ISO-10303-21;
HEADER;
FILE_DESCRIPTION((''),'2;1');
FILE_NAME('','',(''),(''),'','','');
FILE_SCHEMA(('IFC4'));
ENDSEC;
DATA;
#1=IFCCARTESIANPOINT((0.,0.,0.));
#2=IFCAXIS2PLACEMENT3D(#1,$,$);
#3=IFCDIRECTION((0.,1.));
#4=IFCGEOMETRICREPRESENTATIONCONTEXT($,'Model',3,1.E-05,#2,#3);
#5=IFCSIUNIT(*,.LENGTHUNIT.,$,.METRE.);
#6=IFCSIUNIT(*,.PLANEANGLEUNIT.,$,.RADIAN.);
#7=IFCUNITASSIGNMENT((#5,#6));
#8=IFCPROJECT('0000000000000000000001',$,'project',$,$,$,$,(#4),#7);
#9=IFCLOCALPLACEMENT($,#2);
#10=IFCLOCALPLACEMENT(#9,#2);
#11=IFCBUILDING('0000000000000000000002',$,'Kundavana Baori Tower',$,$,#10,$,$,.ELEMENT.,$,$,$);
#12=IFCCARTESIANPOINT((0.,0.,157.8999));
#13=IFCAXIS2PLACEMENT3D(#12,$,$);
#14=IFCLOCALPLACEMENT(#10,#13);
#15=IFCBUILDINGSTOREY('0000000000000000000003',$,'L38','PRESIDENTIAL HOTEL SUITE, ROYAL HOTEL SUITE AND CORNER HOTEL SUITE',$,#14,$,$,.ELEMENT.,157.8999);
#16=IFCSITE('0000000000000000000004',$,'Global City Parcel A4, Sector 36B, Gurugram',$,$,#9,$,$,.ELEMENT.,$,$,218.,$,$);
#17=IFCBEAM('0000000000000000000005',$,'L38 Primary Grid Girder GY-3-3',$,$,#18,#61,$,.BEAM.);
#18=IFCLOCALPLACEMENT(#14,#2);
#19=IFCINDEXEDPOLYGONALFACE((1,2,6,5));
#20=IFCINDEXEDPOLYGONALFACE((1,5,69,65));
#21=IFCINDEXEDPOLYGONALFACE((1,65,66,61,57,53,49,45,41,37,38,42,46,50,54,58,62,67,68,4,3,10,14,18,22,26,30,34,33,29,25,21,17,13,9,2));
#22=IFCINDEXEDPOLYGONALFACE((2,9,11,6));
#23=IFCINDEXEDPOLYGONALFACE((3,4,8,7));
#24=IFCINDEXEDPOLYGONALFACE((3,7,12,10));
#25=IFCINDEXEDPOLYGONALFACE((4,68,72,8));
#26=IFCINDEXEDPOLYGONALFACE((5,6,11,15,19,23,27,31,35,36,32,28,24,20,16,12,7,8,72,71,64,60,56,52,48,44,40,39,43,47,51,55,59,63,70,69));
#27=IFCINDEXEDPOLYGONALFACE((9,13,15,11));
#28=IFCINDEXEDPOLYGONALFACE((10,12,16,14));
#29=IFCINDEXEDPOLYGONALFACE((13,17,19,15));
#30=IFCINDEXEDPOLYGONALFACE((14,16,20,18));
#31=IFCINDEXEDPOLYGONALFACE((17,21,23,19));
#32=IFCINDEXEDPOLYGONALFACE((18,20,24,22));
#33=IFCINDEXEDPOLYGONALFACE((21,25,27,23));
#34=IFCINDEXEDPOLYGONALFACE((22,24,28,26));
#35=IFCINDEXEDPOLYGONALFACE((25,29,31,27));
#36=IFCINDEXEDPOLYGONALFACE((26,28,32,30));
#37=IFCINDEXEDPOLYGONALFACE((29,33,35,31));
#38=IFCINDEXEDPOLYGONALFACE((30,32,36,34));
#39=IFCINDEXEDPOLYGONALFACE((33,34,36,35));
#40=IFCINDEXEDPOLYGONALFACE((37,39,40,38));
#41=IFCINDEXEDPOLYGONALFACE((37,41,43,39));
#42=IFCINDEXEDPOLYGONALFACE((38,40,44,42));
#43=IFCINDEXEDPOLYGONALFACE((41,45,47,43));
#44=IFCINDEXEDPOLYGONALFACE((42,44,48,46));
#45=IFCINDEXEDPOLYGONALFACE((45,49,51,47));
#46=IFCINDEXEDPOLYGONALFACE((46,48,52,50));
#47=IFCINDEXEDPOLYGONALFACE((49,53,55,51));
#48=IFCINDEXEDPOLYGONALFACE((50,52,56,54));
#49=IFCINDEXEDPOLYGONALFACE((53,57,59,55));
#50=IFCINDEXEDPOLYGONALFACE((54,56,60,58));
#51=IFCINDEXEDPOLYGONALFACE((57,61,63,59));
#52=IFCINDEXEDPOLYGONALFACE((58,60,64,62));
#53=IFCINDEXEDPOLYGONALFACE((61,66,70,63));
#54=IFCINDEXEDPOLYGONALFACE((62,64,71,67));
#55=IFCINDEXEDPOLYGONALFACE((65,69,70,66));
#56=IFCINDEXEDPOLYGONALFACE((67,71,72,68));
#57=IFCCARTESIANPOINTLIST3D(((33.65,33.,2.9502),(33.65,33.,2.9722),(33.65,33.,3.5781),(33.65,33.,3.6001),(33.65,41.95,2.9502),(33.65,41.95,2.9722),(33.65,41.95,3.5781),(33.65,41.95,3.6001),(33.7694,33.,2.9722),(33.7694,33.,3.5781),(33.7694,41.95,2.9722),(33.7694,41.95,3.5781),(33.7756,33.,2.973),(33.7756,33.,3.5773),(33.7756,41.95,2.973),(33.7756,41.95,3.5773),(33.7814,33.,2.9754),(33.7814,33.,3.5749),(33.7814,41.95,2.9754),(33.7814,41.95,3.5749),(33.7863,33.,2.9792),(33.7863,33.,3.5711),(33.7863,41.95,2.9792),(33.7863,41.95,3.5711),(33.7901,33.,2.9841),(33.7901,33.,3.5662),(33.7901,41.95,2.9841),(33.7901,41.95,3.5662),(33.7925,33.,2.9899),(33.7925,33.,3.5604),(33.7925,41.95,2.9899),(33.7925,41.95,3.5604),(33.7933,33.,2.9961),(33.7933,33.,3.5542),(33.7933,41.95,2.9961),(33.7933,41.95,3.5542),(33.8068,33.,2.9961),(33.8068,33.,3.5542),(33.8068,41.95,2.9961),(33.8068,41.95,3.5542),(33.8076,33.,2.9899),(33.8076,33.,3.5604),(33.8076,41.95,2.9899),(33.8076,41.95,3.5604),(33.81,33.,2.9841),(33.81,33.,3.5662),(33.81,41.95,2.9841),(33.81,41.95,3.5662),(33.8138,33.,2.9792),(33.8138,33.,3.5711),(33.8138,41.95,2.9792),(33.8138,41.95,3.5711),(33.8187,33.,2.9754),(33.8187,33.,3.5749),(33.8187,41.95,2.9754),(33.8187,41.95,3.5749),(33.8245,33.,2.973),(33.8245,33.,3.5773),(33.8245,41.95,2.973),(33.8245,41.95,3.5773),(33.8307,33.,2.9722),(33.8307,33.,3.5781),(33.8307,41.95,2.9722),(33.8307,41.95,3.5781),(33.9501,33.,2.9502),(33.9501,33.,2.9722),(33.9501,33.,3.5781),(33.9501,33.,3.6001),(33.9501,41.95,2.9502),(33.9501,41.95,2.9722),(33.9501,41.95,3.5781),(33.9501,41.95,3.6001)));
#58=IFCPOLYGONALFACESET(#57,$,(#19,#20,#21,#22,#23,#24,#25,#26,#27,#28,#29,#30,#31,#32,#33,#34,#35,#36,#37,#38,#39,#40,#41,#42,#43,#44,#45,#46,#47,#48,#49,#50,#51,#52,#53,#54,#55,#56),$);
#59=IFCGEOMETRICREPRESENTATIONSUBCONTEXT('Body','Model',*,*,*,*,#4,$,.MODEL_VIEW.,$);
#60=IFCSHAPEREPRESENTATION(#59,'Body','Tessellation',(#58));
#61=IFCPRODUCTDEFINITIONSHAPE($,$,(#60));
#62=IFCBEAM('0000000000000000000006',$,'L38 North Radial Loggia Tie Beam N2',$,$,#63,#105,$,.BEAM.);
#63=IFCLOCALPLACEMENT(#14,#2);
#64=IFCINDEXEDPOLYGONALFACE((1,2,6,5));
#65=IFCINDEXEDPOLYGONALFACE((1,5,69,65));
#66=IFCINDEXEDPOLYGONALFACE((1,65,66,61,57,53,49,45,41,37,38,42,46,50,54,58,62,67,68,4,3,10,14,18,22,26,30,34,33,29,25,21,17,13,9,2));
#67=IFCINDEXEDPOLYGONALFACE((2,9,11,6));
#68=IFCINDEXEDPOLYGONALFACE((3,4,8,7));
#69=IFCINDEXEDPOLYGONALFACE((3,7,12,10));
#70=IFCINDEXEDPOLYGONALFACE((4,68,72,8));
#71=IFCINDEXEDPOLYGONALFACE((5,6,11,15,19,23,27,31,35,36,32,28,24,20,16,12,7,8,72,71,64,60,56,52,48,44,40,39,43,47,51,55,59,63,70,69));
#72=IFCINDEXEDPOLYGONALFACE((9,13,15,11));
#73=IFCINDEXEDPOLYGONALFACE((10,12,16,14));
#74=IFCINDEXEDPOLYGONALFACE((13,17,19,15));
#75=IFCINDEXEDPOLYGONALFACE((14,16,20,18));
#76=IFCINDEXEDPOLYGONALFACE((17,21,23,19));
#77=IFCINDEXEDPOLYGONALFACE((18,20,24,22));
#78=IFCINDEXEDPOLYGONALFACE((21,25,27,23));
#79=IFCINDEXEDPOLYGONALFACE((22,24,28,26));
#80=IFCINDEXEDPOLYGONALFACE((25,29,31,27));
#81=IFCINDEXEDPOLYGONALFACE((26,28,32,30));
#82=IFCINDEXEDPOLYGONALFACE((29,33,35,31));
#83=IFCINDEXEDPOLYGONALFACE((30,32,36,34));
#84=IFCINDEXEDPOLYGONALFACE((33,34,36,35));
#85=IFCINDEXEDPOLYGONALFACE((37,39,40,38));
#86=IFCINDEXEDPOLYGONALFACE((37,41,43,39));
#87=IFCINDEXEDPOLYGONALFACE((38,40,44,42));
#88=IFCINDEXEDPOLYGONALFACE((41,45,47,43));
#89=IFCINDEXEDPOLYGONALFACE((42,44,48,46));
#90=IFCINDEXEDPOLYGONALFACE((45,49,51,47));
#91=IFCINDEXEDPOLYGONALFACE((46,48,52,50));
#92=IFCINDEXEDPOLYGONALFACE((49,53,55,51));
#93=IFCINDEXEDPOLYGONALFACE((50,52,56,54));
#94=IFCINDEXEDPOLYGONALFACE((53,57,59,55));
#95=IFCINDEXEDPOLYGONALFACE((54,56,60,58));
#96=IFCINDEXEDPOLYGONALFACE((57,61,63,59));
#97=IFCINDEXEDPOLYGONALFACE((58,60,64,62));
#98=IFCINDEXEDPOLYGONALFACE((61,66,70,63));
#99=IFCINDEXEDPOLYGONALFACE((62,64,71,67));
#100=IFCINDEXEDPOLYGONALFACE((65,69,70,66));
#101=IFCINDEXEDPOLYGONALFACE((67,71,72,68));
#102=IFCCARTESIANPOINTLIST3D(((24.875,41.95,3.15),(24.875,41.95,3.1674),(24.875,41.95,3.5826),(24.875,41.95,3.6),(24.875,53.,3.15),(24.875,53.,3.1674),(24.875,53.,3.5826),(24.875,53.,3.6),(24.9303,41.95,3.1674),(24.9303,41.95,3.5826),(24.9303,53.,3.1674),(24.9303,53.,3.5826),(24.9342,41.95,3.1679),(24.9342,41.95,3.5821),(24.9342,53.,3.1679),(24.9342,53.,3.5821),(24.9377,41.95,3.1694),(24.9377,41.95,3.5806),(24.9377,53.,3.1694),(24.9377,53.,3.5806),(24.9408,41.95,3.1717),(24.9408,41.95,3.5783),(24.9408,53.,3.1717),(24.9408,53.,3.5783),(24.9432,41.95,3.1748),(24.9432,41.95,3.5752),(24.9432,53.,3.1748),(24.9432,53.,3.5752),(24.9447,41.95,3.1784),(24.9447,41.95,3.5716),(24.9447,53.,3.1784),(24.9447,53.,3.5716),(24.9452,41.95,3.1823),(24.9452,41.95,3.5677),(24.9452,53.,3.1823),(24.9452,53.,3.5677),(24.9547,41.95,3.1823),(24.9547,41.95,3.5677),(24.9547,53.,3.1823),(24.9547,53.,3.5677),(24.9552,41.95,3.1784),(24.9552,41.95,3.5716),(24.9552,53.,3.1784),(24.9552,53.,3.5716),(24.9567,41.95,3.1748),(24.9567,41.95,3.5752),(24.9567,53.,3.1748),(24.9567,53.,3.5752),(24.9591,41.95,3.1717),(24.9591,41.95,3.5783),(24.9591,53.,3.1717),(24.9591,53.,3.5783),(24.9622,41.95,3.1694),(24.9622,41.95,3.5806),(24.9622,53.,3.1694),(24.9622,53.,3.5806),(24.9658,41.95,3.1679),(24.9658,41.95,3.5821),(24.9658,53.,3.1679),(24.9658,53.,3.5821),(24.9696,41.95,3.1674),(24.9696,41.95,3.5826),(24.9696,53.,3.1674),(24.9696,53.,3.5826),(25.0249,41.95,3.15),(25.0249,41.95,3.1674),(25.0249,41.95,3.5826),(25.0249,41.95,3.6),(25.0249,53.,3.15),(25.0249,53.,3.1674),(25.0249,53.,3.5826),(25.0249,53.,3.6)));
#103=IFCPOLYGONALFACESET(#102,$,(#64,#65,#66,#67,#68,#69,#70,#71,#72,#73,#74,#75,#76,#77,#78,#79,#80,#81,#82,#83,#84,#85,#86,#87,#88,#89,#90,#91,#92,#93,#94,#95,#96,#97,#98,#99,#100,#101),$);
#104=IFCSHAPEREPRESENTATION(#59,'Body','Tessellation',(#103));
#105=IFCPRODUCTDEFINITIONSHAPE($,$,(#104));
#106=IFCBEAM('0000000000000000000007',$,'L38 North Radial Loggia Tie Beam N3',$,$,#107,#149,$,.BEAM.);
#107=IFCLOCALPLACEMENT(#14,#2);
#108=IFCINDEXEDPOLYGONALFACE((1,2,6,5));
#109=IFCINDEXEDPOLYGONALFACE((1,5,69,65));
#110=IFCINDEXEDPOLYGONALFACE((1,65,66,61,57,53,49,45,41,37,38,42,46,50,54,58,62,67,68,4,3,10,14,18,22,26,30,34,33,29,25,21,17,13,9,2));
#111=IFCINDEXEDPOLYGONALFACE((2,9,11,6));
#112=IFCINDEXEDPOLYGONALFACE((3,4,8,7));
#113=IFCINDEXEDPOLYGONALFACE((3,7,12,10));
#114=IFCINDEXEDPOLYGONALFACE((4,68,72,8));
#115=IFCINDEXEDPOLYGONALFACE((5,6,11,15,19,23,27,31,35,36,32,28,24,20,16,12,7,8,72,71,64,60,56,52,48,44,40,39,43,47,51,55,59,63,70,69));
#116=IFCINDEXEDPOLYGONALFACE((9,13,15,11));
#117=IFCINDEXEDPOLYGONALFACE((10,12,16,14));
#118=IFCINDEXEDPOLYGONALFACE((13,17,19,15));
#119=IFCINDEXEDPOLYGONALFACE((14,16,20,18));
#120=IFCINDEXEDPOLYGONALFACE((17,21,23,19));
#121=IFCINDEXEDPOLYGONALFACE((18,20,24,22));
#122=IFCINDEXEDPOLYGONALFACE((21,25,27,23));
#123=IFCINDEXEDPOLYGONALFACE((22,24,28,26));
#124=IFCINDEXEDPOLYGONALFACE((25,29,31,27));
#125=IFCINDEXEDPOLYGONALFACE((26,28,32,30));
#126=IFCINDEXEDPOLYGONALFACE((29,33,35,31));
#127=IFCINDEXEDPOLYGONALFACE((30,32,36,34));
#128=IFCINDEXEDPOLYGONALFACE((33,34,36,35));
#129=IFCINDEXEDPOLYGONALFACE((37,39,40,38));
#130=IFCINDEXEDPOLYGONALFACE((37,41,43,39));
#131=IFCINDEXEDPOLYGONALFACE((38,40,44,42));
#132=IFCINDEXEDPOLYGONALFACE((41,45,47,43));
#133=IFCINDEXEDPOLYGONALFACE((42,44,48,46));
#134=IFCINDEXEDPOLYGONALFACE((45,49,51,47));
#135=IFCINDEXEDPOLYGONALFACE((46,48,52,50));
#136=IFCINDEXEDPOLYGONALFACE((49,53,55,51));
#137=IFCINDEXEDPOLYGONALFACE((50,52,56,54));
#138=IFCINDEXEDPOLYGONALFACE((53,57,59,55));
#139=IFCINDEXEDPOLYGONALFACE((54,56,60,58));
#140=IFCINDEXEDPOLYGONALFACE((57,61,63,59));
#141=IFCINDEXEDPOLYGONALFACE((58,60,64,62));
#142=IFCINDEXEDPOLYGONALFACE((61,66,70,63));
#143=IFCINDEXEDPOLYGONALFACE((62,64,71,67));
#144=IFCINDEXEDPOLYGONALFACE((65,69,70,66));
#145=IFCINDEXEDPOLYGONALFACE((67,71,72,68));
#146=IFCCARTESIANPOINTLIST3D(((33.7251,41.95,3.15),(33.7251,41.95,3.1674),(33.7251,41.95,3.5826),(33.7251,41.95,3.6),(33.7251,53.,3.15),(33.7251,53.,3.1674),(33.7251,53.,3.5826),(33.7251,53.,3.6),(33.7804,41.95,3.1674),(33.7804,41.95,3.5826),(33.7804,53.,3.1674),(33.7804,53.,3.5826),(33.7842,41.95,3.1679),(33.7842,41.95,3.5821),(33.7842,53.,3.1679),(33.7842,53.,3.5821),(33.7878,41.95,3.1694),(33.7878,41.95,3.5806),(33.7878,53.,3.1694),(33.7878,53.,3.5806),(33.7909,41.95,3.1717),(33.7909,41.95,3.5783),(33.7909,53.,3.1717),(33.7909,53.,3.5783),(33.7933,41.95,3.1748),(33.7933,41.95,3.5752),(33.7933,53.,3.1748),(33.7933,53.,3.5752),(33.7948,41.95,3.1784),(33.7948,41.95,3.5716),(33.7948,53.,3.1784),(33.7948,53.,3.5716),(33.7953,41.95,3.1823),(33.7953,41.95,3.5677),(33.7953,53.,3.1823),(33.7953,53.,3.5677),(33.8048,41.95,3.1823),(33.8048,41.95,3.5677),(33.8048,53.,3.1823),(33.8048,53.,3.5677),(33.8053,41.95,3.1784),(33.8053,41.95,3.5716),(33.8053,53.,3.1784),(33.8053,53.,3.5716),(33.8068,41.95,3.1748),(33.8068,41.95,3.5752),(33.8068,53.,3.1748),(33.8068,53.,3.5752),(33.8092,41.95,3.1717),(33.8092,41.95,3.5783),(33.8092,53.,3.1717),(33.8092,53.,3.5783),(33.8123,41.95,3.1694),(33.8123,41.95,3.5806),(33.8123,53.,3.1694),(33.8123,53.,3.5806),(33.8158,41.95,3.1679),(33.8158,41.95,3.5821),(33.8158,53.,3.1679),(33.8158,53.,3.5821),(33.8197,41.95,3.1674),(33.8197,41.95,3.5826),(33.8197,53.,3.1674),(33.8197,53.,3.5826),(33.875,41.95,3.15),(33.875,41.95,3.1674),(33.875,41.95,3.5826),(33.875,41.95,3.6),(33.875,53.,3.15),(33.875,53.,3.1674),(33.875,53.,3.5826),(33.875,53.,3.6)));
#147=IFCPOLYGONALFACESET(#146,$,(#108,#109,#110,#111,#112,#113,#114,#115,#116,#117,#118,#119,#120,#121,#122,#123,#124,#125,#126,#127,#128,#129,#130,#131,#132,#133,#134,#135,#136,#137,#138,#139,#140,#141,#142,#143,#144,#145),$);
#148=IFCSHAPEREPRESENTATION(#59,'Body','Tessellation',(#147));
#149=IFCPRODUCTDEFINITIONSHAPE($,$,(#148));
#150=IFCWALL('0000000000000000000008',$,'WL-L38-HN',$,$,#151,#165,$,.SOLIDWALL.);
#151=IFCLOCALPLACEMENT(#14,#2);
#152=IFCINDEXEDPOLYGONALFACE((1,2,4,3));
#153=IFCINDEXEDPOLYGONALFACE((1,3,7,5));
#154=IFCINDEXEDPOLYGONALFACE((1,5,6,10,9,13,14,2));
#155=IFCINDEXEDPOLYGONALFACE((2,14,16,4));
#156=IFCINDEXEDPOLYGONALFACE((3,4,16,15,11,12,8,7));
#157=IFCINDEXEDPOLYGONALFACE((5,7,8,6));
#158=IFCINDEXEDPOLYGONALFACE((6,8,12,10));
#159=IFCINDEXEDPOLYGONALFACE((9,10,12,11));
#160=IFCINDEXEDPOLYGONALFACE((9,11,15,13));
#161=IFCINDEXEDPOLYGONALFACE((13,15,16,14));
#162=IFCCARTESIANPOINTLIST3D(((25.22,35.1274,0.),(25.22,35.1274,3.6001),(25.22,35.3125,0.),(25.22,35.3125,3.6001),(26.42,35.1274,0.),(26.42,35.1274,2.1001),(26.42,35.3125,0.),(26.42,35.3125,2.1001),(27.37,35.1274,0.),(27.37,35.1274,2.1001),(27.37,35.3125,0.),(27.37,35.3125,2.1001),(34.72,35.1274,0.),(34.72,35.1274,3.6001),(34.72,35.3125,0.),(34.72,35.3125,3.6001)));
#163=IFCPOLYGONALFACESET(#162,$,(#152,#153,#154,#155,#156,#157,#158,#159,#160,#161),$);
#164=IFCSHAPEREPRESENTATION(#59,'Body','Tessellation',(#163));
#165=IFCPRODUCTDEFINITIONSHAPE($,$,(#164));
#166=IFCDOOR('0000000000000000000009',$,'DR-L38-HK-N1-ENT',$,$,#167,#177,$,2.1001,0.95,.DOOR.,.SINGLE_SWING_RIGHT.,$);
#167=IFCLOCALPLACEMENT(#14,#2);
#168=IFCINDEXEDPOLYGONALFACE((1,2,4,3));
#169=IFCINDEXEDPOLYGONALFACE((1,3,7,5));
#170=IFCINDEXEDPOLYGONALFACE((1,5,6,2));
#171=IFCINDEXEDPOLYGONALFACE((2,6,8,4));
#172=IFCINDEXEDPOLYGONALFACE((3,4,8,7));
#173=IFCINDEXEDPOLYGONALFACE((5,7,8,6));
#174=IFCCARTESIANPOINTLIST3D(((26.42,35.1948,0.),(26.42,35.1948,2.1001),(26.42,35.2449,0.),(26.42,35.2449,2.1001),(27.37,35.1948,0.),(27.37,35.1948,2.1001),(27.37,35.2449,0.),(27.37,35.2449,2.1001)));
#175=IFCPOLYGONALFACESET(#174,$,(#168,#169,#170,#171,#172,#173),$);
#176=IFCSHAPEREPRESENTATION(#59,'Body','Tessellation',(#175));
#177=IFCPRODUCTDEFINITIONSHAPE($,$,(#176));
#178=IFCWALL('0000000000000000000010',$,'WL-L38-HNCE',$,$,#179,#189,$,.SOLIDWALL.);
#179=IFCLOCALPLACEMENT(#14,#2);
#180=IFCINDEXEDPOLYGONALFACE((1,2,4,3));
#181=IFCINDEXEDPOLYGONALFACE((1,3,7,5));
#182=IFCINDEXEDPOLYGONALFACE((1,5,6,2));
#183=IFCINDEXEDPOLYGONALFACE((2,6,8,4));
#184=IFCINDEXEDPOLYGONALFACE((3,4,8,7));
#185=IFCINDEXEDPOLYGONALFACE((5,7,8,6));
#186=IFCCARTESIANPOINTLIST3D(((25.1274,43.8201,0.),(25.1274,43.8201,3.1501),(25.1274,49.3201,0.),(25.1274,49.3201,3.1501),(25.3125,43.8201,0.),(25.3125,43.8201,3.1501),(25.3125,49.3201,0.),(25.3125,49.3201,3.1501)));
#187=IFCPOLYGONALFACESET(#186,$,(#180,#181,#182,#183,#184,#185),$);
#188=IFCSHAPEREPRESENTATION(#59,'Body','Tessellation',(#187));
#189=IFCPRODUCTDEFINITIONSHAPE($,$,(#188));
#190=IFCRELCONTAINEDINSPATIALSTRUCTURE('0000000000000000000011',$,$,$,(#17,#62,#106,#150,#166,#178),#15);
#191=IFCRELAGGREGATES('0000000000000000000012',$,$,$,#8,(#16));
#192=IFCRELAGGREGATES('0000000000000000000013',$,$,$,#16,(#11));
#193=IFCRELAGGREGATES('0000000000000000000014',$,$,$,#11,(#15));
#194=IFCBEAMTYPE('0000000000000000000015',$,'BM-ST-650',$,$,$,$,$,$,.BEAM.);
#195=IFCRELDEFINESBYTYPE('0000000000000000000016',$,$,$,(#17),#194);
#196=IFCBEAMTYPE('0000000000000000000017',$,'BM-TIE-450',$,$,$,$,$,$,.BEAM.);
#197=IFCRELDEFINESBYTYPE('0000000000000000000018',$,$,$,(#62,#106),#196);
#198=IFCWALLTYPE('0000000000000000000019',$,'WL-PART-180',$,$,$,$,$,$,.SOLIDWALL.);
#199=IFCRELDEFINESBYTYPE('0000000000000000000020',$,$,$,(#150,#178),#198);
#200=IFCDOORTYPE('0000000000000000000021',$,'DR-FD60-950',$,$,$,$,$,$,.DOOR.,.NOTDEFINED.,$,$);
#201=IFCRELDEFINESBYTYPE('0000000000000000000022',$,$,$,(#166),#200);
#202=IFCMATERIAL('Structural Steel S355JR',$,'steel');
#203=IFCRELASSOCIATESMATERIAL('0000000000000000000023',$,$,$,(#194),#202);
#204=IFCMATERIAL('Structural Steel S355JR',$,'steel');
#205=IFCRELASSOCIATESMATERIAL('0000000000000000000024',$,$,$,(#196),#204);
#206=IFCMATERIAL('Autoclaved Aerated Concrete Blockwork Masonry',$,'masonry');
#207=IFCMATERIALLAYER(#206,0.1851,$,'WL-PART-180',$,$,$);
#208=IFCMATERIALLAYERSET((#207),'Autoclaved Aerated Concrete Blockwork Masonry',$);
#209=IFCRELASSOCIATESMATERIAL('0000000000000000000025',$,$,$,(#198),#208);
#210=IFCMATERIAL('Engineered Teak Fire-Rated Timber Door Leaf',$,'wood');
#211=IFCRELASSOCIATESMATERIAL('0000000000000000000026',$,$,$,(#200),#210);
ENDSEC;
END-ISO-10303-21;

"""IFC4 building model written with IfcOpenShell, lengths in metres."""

from ifc_helpers import new_model, si_unit, direction, frame, frame_2d, origin, origin_2d, place, context, subcontext, project, spatial, rectangle, i_section, extrude, material, layer, layer_set, material_profile, profile_set, type_object, element, fill, save


model = new_model("IFC4")

# Units and contexts
model_context = context("Model", 3, precision=1e-05, world=origin(), true_north=direction((0.0, 1.0)))
body_context = subcontext(model_context, "Body", "Model", "MODEL_VIEW")
ifc_project = project(units=[si_unit("LENGTHUNIT", "METRE"), si_unit("PLANEANGLEUNIT", "RADIAN")], contexts=[model_context])

# Site, building, storey
site_placement = place(None, origin())
site = spatial("IfcSite", under=ifc_project, at=site_placement, Name="Global City Parcel A4, Sector 36B, Gurugram", CompositionType="ELEMENT", RefElevation=218.0)
building_placement = place(site_placement, origin())
building = spatial("IfcBuilding", under=site, at=building_placement, Name="Kundavana Baori Tower", CompositionType="ELEMENT")
storey_placement = place(building_placement, frame((0.0, 0.0, 157.8999)))
storey = spatial("IfcBuildingStorey", under=building, at=storey_placement, Name="L38", Description="PRESIDENTIAL HOTEL SUITE, ROYAL HOTEL SUITE AND CORNER HOTEL SUITE", CompositionType="ELEMENT", Elevation=157.8999)

# Beams
ifc_material_1 = material(Name="Structural Steel S355JR", Category="steel")
ifc_material_profile_1 = material_profile(ifc_material_1, i_section(OverallWidth=0.3, OverallDepth=0.6499, WebThickness=0.0134, FlangeThickness=0.022, FilletRadius=0.0239, at=origin_2d()), Name="NPB 650x300x155")
ifc_profile_set_1 = profile_set([ifc_material_profile_1], Name="Structural Steel S355JR")
beam_type_1 = type_object("IfcBeamType", Name="BM-ST-650", PredefinedType="BEAM", material=ifc_profile_set_1)
beam_1_placement = place(storey_placement, frame((33.8, 33.0, 3.2751), z_axis=(0.0, 1.0, 0.0), x_axis=(-1.0, 0.0, 0.0)))
element("IfcBeam", 1, at=beam_1_placement, inside=storey, type_object=beam_type_1, Name="L38 Primary Grid Girder GY-3-3", PredefinedType="BEAM", context=body_context, shape_type="SweptSolid", body=[
    extrude(i_section(OverallWidth=0.3, OverallDepth=0.6499, WebThickness=0.0134, FlangeThickness=0.022, FilletRadius=0.0239, at=origin_2d()), origin(), (0.0, 0.0, 1.0), 8.95),
])
ifc_material_2 = material(Name="Structural Steel S355JR", Category="steel")
ifc_material_profile_2 = material_profile(ifc_material_2, i_section(OverallWidth=0.1499, OverallDepth=0.45, WebThickness=0.0095, FlangeThickness=0.0173, FilletRadius=0.0149, at=origin_2d()), Name="ISMB 450")
ifc_profile_set_2 = profile_set([ifc_material_profile_2], Name="Structural Steel S355JR")
beam_type_2 = type_object("IfcBeamType", Name="BM-TIE-450", PredefinedType="BEAM", material=ifc_profile_set_2)
for number, where, z_axis, x_axis, name in (
    (2, (24.95, 41.95, 3.375), (0.0, 1.0, 0.0), (-1.0, 0.0, 0.0), "L38 North Radial Loggia Tie Beam N2"),
    (3, (33.8, 41.95, 3.375), (0.0, 1.0, 0.0), (-1.0, 0.0, 0.0), "L38 North Radial Loggia Tie Beam N3"),
):
    element("IfcBeam", number, at=place(storey_placement, frame(where, z_axis=z_axis, x_axis=x_axis)), inside=storey, type_object=beam_type_2, Name=name, PredefinedType="BEAM", context=body_context, shape_type="SweptSolid", body=[
        extrude(i_section(OverallWidth=0.1499, OverallDepth=0.45, WebThickness=0.0095, FlangeThickness=0.0173, FilletRadius=0.0149, at=origin_2d()), origin(), (0.0, 0.0, 1.0), 11.05),
    ])

# Wall, opening, door
ifc_material_3 = material(Name="Autoclaved Aerated Concrete Blockwork Masonry", Category="masonry")
ifc_layer_1 = layer(ifc_material_3, 0.1851, Name="WL-PART-180")
ifc_layer_set_1 = layer_set([ifc_layer_1], Name="Autoclaved Aerated Concrete Blockwork Masonry")
wall_type_1 = type_object("IfcWallType", Name="WL-PART-180", PredefinedType="SOLIDWALL", material=ifc_layer_set_1)
wall_1_placement = place(storey_placement, frame((25.22, 35.22, 0.0), z_axis=(0.0, 0.0, 1.0), x_axis=(1.0, 0.0, 0.0)))
wall_1 = element("IfcWall", 4, at=wall_1_placement, inside=storey, type_object=wall_type_1, Name="WL-L38-HN", PredefinedType="SOLIDWALL", context=body_context, shape_type="SweptSolid", body=[
    extrude(rectangle(XDim=9.5, YDim=0.1851, at=frame_2d((4.75, 0.0))), origin(), (0.0, 0.0, 1.0), 3.6001),
])
opening_1_placement = place(wall_1_placement, frame((1.2, 0.0, 0.0)))
opening_1 = element("IfcOpeningElement", 5, at=opening_1_placement, cuts=wall_1, PredefinedType="OPENING", context=body_context, shape_type="SweptSolid", body=[
    extrude(rectangle(XDim=0.95, YDim=2.1001, at=frame_2d((0.4751, 1.05))), frame((0.0, 0.1025, 0.0), z_axis=(0.0, -1.0, 0.0), x_axis=(1.0, 0.0, 0.0)), (0.0, 0.0, 1.0), 0.2051),
])
ifc_material_4 = material(Name="Engineered Teak Fire-Rated Timber Door Leaf", Category="wood")
door_type_1 = type_object("IfcDoorType", Name="DR-FD60-950", OperationType="NOTDEFINED", PredefinedType="DOOR", material=ifc_material_4)
door_1_placement = place(opening_1_placement, origin())
door_1 = element("IfcDoor", 6, at=door_1_placement, inside=storey, type_object=door_type_1, Name="DR-L38-HK-N1-ENT", OperationType="SINGLE_SWING_RIGHT", OverallHeight=2.1001, OverallWidth=0.95, PredefinedType="DOOR", context=body_context, shape_type="SweptSolid", body=[
    extrude(rectangle(XDim=0.95, YDim=2.1001, at=frame_2d((0.4751, 1.05))), frame((0.0, 0.0249, 0.0), z_axis=(0.0, -1.0, 0.0), x_axis=(1.0, 0.0, 0.0)), (0.0, 0.0, 1.0), 0.05),
])
fill(opening_1, door_1)

# Wall
wall_2_placement = place(storey_placement, frame((25.22, 43.8201, 0.0), z_axis=(0.0, 0.0, 1.0), x_axis=(0.0, 1.0, 0.0)))
element("IfcWall", 7, at=wall_2_placement, inside=storey, type_object=wall_type_1, Name="WL-L38-HNCE", PredefinedType="SOLIDWALL", context=body_context, shape_type="SweptSolid", body=[
    extrude(rectangle(XDim=5.5, YDim=0.1851, at=frame_2d((2.75, 0.0))), origin(), (0.0, 0.0, 1.0), 3.1501),
])

save(model, "model.ifc")
